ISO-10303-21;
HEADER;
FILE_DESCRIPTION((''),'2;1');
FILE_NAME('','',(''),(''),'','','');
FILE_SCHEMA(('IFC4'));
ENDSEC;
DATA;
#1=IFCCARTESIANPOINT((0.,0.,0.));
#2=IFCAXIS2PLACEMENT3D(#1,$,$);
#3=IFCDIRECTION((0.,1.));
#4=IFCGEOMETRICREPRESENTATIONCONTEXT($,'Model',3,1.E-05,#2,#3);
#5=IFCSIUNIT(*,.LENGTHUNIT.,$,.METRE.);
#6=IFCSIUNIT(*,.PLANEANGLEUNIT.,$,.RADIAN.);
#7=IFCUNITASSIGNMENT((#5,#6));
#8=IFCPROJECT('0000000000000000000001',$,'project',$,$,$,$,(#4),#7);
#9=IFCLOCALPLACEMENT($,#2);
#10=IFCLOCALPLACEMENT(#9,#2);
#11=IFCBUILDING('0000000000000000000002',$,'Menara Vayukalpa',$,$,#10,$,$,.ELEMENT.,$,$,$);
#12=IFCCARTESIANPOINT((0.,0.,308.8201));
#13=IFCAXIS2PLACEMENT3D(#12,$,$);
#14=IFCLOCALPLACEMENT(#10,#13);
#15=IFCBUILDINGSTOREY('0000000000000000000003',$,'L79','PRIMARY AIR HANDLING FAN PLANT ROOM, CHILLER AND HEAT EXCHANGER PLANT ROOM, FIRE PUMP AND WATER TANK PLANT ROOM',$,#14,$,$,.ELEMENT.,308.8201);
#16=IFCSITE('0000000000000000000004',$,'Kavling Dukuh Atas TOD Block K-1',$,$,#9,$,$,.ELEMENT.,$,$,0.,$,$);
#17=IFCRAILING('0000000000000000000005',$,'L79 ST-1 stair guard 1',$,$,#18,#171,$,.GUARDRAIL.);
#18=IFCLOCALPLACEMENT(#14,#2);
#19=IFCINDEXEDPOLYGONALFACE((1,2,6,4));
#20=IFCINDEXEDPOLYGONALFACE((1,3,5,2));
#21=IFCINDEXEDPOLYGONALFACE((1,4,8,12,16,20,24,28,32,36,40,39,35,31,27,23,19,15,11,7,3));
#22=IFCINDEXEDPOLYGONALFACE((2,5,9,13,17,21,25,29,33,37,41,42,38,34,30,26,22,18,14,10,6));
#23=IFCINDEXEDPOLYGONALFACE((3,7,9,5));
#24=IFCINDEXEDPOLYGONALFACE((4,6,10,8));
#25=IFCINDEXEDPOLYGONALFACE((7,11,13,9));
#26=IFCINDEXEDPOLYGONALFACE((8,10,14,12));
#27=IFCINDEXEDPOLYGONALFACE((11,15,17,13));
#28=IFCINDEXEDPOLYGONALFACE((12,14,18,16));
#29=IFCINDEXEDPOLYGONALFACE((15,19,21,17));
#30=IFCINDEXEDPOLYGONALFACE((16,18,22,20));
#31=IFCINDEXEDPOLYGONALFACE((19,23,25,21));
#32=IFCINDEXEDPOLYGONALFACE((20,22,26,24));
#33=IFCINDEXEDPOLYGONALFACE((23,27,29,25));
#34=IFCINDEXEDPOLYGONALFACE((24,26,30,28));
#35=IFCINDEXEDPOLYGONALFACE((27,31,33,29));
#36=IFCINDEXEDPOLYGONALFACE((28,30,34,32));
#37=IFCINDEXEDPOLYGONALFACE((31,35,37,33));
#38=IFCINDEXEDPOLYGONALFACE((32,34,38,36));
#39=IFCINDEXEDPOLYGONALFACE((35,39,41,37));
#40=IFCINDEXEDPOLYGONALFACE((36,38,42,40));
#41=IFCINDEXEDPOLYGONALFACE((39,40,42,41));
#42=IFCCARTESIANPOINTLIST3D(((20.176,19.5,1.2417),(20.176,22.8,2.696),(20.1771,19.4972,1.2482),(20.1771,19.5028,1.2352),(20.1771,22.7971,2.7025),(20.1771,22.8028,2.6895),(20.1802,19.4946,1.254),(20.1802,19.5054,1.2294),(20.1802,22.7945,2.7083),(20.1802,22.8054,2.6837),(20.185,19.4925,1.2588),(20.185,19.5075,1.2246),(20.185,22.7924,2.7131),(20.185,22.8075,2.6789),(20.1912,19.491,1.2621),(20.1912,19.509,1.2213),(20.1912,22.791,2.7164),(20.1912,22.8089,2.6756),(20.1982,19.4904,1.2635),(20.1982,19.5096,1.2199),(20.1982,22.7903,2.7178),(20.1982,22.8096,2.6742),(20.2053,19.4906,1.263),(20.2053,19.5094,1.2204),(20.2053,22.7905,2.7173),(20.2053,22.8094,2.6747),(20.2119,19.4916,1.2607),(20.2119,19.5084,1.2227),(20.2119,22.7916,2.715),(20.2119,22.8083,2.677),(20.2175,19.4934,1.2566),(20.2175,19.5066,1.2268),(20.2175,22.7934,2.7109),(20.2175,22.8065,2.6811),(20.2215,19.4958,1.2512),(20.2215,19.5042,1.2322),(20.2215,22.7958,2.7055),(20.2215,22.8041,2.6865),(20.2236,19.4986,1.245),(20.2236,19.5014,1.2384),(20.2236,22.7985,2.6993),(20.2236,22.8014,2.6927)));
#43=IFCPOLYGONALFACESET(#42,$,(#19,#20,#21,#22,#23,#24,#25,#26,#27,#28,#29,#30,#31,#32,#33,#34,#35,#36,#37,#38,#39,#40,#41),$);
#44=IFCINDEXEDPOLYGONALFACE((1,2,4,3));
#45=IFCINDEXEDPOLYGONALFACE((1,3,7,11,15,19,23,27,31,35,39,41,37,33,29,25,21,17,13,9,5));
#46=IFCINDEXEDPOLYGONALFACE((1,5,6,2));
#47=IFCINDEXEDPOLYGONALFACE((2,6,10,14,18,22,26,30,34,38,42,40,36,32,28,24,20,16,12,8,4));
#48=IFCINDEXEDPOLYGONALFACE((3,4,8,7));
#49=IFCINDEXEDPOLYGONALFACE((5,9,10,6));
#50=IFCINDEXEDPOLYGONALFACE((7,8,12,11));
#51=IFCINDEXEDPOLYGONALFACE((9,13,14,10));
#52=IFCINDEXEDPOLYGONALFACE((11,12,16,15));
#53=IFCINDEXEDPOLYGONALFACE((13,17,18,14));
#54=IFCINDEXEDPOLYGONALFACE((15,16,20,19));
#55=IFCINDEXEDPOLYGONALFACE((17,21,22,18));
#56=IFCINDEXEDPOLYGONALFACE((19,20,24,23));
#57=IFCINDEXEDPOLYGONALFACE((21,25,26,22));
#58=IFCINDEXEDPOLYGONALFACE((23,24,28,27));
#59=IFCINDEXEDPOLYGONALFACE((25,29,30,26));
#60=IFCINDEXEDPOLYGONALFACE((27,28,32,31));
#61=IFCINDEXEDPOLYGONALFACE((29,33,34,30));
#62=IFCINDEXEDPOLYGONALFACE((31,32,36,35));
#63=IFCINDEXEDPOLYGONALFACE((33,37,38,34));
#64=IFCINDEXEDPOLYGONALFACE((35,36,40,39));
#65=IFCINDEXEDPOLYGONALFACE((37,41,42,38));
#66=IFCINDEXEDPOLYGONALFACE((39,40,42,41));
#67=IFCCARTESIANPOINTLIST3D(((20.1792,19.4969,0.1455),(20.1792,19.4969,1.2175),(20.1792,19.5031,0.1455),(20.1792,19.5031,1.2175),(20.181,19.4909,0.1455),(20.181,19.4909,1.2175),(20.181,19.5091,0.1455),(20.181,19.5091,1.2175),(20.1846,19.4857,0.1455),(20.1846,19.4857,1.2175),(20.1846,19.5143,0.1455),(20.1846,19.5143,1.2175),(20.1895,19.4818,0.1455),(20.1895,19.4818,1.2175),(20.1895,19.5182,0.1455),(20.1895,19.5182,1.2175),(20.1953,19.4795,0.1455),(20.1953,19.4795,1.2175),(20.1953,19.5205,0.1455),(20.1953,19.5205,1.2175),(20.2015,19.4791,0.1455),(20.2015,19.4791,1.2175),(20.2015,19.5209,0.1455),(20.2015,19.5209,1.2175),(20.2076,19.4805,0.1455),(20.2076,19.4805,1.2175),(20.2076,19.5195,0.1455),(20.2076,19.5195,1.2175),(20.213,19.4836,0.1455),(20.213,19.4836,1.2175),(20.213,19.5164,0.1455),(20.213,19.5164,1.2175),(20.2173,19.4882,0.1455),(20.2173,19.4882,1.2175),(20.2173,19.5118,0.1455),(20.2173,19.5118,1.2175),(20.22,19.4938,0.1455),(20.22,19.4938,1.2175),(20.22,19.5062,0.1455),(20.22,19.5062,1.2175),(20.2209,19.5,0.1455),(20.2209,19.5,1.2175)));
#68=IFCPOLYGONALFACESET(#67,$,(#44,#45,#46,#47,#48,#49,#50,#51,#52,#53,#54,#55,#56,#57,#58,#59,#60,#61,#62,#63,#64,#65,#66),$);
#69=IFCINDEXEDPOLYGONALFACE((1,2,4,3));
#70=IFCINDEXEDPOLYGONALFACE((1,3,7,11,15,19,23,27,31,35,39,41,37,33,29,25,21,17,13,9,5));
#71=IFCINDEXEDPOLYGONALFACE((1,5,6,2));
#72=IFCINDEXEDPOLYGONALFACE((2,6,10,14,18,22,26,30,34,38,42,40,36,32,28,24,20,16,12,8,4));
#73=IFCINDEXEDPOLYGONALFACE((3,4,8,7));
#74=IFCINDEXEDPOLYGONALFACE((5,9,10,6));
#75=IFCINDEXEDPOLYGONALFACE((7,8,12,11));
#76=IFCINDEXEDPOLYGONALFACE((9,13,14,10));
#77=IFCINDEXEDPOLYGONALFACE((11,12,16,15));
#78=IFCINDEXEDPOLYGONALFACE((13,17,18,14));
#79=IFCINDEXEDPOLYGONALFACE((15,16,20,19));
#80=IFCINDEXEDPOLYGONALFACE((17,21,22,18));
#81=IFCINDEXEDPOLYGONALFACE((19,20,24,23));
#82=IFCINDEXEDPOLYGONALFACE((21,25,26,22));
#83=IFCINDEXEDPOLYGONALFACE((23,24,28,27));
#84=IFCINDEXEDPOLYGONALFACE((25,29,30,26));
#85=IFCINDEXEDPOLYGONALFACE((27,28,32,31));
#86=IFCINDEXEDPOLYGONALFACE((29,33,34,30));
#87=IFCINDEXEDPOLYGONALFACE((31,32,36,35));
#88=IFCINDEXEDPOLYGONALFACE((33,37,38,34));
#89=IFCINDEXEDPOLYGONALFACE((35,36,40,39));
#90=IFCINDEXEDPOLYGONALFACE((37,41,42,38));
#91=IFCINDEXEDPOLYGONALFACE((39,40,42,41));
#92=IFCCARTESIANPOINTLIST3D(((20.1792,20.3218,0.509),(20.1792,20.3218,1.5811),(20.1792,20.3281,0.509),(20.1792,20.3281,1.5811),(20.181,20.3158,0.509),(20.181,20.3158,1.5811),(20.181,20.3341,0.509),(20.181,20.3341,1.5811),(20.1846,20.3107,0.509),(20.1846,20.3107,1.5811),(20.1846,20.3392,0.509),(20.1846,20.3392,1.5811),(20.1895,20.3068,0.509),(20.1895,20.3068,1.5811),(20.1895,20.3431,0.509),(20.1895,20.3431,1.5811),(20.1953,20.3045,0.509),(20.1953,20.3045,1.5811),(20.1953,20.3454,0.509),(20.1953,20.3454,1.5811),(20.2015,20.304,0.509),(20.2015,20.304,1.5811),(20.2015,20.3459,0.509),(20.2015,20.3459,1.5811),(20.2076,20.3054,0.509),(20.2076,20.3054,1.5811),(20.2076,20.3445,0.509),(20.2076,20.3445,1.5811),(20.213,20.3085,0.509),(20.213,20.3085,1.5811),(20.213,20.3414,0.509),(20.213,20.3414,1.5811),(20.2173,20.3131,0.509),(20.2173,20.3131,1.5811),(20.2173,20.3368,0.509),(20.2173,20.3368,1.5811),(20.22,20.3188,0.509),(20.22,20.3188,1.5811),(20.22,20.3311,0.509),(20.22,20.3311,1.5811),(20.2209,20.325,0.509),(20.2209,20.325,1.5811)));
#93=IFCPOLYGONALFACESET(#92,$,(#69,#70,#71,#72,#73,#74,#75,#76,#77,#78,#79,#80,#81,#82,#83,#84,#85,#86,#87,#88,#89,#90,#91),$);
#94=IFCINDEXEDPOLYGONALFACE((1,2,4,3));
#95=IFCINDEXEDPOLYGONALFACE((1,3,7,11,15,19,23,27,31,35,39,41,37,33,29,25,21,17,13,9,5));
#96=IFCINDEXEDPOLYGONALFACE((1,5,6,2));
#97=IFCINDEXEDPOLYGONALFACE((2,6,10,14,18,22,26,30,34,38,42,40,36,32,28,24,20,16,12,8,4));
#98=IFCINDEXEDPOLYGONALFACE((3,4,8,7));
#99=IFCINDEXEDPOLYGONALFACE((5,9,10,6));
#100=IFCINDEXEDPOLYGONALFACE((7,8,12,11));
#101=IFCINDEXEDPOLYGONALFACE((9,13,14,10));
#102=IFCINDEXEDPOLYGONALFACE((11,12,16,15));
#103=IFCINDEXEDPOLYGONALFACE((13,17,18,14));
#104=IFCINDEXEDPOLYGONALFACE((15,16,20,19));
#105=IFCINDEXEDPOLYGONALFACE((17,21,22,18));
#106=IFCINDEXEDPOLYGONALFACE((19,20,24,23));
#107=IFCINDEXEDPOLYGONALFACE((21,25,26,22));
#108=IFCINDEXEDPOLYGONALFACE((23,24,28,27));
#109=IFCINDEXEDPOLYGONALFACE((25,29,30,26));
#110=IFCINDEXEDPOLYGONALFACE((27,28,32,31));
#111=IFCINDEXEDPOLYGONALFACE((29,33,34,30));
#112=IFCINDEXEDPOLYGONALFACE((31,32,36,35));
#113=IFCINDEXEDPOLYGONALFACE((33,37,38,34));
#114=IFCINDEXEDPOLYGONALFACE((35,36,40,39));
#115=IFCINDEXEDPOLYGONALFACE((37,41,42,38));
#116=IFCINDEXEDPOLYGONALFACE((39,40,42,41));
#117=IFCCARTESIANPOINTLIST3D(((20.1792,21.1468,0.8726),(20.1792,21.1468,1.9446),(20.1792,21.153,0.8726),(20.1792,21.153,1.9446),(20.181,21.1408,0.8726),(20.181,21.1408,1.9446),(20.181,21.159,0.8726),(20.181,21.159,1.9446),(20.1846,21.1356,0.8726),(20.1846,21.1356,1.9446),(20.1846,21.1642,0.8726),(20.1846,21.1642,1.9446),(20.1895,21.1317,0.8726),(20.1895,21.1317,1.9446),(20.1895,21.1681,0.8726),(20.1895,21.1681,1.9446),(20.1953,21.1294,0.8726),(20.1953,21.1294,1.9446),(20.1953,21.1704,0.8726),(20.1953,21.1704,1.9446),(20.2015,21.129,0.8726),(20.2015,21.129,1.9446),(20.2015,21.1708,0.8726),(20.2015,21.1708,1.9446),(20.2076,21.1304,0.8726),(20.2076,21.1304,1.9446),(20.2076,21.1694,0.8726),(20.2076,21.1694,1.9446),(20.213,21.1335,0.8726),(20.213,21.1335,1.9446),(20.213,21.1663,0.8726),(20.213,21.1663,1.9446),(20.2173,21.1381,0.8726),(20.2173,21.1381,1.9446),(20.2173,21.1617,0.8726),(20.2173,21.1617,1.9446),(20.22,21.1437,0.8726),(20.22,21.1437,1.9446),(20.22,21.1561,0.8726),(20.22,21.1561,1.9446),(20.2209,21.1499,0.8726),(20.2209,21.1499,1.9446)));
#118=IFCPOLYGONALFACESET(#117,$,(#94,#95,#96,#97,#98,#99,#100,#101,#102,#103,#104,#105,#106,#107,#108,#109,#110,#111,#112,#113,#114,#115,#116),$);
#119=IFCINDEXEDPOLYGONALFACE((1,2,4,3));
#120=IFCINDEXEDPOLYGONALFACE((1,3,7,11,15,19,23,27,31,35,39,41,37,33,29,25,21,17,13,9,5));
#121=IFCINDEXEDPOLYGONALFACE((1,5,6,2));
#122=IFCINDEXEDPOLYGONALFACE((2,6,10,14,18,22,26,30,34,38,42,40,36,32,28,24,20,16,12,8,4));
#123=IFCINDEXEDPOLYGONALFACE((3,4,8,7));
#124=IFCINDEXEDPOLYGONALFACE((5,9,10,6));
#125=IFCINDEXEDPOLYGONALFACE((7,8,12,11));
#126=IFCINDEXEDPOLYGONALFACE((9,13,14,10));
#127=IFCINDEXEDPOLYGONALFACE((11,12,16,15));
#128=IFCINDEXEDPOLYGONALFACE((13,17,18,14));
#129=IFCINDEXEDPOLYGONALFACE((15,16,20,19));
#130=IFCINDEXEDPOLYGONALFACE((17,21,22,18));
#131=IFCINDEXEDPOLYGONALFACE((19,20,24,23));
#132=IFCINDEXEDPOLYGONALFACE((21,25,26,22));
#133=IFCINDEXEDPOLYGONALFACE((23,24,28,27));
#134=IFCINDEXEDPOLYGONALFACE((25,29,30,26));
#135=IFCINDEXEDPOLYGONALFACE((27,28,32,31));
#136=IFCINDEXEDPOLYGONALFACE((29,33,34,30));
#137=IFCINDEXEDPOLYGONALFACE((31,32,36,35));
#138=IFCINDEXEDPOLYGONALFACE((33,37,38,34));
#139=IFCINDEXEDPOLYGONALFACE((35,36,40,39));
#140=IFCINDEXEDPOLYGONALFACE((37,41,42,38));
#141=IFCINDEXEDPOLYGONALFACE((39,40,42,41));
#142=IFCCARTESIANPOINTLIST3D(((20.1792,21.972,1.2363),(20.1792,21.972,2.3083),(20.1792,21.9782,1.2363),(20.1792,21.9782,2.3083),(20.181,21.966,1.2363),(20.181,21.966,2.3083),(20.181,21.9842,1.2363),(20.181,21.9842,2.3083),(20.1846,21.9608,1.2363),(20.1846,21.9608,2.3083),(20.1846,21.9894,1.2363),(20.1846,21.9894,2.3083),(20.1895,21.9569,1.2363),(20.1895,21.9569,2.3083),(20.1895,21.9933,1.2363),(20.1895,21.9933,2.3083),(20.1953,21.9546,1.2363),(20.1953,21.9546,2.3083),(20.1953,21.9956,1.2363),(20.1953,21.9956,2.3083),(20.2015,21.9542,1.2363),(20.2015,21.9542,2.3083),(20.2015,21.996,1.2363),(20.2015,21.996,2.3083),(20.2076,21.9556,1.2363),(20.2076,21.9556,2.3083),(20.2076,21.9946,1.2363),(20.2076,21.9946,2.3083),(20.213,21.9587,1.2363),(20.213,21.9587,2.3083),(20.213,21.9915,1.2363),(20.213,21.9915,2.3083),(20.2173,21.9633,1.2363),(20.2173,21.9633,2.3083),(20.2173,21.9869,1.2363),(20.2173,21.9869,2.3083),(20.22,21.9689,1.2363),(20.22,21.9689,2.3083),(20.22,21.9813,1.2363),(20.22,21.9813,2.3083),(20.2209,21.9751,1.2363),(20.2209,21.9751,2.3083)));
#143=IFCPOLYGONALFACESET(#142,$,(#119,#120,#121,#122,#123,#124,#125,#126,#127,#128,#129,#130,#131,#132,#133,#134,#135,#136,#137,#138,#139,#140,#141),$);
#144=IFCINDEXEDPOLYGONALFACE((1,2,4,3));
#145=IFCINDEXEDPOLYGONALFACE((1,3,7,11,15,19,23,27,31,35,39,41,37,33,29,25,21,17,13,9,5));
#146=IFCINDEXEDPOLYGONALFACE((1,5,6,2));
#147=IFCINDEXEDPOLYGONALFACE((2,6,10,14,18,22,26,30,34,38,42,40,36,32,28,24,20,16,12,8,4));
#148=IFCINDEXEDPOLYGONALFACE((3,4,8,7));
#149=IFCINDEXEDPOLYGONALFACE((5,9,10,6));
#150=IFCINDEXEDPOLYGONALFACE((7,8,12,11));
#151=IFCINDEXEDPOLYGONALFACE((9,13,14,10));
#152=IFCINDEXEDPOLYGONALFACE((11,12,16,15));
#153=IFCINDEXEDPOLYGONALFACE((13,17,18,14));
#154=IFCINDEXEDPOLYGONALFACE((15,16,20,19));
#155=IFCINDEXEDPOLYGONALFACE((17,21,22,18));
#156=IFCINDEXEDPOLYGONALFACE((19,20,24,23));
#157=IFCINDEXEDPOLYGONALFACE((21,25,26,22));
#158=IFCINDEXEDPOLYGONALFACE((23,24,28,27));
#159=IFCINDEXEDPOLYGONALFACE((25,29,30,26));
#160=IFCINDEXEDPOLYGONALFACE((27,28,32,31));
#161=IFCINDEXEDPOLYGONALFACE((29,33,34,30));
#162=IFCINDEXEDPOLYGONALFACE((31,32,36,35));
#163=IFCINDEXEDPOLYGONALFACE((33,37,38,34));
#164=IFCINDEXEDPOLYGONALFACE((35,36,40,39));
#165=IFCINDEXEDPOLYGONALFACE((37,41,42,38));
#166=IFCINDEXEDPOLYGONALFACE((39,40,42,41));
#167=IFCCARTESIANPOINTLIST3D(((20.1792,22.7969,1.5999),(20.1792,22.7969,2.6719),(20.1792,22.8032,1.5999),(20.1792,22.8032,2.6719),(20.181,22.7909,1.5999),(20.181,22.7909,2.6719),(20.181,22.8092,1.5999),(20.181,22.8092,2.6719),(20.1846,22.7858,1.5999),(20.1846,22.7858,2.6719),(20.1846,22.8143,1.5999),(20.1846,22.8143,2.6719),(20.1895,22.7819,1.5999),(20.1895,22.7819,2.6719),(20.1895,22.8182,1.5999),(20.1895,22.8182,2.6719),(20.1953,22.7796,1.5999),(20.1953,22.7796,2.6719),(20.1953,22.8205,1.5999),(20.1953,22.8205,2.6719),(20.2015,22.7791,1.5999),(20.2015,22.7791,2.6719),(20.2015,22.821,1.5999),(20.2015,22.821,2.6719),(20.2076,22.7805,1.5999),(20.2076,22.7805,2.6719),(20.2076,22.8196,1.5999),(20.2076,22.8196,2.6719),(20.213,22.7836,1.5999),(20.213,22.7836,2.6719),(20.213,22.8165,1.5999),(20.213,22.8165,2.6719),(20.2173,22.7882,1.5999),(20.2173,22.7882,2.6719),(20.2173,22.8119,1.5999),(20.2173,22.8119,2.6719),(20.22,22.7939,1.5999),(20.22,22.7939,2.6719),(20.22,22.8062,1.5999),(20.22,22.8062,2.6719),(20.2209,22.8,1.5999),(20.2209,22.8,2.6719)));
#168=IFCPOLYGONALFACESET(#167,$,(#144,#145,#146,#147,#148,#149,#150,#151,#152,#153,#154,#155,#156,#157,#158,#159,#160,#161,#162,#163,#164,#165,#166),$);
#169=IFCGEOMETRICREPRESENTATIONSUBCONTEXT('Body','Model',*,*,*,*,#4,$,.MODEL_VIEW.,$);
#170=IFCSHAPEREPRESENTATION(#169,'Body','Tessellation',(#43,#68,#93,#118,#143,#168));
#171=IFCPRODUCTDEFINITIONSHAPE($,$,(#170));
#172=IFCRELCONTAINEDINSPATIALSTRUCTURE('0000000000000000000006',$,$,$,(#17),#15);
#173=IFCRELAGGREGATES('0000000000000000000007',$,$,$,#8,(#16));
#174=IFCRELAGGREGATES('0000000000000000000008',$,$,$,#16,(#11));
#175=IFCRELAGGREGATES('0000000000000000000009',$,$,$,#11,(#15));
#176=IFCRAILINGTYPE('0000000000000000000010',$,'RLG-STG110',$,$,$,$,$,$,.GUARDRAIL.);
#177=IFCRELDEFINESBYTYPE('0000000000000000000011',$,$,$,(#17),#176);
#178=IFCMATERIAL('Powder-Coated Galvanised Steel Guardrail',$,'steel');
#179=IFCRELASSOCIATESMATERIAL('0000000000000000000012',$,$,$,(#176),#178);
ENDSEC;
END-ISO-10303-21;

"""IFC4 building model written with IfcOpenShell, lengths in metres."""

from ifc_helpers import new_model, si_unit, direction, frame, origin, origin_2d, place, context, subcontext, project, spatial, circle, extrude, material, type_object, element, save


model = new_model("IFC4")

# Units and contexts
model_context = context("Model", 3, precision=1e-05, world=origin(), true_north=direction((0.0, 1.0)))
body_context = subcontext(model_context, "Body", "Model", "MODEL_VIEW")
ifc_project = project(units=[si_unit("LENGTHUNIT", "METRE"), si_unit("PLANEANGLEUNIT", "RADIAN")], contexts=[model_context])

# Site, building, storey
site_placement = place(None, origin())
site = spatial("IfcSite", under=ifc_project, at=site_placement, Name="Kavling Dukuh Atas TOD Block K-1", CompositionType="ELEMENT", RefElevation=0.0)
building_placement = place(site_placement, origin())
building = spatial("IfcBuilding", under=site, at=building_placement, Name="Menara Vayukalpa", CompositionType="ELEMENT")
storey_placement = place(building_placement, frame((0.0, 0.0, 308.8201)))
storey = spatial("IfcBuildingStorey", under=building, at=storey_placement, Name="L79", Description="PRIMARY AIR HANDLING FAN PLANT ROOM, CHILLER AND HEAT EXCHANGER PLANT ROOM, FIRE PUMP AND WATER TANK PLANT ROOM", CompositionType="ELEMENT", Elevation=308.8201)

# Railing
ifc_material_1 = material(Name="Powder-Coated Galvanised Steel Guardrail", Category="steel")
railing_type = type_object("IfcRailingType", Name="RLG-STG110", PredefinedType="GUARDRAIL", material=ifc_material_1)
railing_1_placement = place(storey_placement, frame((20.2, 19.5, 0.1455)))
element("IfcRailing", 1, at=railing_1_placement, inside=storey, type_object=railing_type, Name="L79 ST-1 stair guard 1", PredefinedType="GUARDRAIL", context=body_context, shape_type="SweptSolid", body=[
    extrude(circle(Radius=0.0239, at=origin_2d()), frame((0.0, 0.0, 1.0962), z_axis=(0.0, 0.915077, 0.403278), x_axis=(-1.0, 0.0, 0.0)), (0.0, 0.0, 1.0), 3.6062),
    extrude(circle(Radius=0.021, at=origin_2d()), origin(), (0.0, 0.0, 1.0), 1.072),
    extrude(circle(Radius=0.021, at=origin_2d()), frame((0.0, 0.825, 0.3635)), (0.0, 0.0, 1.0), 1.072),
    extrude(circle(Radius=0.021, at=origin_2d()), frame((0.0, 1.6499, 0.7271)), (0.0, 0.0, 1.0), 1.072),
    extrude(circle(Radius=0.021, at=origin_2d()), frame((0.0, 2.4751, 1.0908)), (0.0, 0.0, 1.0), 1.072),
    extrude(circle(Radius=0.021, at=origin_2d()), frame((0.0, 3.3, 1.4543)), (0.0, 0.0, 1.0), 1.072),
])

save(model, "model.ifc")
